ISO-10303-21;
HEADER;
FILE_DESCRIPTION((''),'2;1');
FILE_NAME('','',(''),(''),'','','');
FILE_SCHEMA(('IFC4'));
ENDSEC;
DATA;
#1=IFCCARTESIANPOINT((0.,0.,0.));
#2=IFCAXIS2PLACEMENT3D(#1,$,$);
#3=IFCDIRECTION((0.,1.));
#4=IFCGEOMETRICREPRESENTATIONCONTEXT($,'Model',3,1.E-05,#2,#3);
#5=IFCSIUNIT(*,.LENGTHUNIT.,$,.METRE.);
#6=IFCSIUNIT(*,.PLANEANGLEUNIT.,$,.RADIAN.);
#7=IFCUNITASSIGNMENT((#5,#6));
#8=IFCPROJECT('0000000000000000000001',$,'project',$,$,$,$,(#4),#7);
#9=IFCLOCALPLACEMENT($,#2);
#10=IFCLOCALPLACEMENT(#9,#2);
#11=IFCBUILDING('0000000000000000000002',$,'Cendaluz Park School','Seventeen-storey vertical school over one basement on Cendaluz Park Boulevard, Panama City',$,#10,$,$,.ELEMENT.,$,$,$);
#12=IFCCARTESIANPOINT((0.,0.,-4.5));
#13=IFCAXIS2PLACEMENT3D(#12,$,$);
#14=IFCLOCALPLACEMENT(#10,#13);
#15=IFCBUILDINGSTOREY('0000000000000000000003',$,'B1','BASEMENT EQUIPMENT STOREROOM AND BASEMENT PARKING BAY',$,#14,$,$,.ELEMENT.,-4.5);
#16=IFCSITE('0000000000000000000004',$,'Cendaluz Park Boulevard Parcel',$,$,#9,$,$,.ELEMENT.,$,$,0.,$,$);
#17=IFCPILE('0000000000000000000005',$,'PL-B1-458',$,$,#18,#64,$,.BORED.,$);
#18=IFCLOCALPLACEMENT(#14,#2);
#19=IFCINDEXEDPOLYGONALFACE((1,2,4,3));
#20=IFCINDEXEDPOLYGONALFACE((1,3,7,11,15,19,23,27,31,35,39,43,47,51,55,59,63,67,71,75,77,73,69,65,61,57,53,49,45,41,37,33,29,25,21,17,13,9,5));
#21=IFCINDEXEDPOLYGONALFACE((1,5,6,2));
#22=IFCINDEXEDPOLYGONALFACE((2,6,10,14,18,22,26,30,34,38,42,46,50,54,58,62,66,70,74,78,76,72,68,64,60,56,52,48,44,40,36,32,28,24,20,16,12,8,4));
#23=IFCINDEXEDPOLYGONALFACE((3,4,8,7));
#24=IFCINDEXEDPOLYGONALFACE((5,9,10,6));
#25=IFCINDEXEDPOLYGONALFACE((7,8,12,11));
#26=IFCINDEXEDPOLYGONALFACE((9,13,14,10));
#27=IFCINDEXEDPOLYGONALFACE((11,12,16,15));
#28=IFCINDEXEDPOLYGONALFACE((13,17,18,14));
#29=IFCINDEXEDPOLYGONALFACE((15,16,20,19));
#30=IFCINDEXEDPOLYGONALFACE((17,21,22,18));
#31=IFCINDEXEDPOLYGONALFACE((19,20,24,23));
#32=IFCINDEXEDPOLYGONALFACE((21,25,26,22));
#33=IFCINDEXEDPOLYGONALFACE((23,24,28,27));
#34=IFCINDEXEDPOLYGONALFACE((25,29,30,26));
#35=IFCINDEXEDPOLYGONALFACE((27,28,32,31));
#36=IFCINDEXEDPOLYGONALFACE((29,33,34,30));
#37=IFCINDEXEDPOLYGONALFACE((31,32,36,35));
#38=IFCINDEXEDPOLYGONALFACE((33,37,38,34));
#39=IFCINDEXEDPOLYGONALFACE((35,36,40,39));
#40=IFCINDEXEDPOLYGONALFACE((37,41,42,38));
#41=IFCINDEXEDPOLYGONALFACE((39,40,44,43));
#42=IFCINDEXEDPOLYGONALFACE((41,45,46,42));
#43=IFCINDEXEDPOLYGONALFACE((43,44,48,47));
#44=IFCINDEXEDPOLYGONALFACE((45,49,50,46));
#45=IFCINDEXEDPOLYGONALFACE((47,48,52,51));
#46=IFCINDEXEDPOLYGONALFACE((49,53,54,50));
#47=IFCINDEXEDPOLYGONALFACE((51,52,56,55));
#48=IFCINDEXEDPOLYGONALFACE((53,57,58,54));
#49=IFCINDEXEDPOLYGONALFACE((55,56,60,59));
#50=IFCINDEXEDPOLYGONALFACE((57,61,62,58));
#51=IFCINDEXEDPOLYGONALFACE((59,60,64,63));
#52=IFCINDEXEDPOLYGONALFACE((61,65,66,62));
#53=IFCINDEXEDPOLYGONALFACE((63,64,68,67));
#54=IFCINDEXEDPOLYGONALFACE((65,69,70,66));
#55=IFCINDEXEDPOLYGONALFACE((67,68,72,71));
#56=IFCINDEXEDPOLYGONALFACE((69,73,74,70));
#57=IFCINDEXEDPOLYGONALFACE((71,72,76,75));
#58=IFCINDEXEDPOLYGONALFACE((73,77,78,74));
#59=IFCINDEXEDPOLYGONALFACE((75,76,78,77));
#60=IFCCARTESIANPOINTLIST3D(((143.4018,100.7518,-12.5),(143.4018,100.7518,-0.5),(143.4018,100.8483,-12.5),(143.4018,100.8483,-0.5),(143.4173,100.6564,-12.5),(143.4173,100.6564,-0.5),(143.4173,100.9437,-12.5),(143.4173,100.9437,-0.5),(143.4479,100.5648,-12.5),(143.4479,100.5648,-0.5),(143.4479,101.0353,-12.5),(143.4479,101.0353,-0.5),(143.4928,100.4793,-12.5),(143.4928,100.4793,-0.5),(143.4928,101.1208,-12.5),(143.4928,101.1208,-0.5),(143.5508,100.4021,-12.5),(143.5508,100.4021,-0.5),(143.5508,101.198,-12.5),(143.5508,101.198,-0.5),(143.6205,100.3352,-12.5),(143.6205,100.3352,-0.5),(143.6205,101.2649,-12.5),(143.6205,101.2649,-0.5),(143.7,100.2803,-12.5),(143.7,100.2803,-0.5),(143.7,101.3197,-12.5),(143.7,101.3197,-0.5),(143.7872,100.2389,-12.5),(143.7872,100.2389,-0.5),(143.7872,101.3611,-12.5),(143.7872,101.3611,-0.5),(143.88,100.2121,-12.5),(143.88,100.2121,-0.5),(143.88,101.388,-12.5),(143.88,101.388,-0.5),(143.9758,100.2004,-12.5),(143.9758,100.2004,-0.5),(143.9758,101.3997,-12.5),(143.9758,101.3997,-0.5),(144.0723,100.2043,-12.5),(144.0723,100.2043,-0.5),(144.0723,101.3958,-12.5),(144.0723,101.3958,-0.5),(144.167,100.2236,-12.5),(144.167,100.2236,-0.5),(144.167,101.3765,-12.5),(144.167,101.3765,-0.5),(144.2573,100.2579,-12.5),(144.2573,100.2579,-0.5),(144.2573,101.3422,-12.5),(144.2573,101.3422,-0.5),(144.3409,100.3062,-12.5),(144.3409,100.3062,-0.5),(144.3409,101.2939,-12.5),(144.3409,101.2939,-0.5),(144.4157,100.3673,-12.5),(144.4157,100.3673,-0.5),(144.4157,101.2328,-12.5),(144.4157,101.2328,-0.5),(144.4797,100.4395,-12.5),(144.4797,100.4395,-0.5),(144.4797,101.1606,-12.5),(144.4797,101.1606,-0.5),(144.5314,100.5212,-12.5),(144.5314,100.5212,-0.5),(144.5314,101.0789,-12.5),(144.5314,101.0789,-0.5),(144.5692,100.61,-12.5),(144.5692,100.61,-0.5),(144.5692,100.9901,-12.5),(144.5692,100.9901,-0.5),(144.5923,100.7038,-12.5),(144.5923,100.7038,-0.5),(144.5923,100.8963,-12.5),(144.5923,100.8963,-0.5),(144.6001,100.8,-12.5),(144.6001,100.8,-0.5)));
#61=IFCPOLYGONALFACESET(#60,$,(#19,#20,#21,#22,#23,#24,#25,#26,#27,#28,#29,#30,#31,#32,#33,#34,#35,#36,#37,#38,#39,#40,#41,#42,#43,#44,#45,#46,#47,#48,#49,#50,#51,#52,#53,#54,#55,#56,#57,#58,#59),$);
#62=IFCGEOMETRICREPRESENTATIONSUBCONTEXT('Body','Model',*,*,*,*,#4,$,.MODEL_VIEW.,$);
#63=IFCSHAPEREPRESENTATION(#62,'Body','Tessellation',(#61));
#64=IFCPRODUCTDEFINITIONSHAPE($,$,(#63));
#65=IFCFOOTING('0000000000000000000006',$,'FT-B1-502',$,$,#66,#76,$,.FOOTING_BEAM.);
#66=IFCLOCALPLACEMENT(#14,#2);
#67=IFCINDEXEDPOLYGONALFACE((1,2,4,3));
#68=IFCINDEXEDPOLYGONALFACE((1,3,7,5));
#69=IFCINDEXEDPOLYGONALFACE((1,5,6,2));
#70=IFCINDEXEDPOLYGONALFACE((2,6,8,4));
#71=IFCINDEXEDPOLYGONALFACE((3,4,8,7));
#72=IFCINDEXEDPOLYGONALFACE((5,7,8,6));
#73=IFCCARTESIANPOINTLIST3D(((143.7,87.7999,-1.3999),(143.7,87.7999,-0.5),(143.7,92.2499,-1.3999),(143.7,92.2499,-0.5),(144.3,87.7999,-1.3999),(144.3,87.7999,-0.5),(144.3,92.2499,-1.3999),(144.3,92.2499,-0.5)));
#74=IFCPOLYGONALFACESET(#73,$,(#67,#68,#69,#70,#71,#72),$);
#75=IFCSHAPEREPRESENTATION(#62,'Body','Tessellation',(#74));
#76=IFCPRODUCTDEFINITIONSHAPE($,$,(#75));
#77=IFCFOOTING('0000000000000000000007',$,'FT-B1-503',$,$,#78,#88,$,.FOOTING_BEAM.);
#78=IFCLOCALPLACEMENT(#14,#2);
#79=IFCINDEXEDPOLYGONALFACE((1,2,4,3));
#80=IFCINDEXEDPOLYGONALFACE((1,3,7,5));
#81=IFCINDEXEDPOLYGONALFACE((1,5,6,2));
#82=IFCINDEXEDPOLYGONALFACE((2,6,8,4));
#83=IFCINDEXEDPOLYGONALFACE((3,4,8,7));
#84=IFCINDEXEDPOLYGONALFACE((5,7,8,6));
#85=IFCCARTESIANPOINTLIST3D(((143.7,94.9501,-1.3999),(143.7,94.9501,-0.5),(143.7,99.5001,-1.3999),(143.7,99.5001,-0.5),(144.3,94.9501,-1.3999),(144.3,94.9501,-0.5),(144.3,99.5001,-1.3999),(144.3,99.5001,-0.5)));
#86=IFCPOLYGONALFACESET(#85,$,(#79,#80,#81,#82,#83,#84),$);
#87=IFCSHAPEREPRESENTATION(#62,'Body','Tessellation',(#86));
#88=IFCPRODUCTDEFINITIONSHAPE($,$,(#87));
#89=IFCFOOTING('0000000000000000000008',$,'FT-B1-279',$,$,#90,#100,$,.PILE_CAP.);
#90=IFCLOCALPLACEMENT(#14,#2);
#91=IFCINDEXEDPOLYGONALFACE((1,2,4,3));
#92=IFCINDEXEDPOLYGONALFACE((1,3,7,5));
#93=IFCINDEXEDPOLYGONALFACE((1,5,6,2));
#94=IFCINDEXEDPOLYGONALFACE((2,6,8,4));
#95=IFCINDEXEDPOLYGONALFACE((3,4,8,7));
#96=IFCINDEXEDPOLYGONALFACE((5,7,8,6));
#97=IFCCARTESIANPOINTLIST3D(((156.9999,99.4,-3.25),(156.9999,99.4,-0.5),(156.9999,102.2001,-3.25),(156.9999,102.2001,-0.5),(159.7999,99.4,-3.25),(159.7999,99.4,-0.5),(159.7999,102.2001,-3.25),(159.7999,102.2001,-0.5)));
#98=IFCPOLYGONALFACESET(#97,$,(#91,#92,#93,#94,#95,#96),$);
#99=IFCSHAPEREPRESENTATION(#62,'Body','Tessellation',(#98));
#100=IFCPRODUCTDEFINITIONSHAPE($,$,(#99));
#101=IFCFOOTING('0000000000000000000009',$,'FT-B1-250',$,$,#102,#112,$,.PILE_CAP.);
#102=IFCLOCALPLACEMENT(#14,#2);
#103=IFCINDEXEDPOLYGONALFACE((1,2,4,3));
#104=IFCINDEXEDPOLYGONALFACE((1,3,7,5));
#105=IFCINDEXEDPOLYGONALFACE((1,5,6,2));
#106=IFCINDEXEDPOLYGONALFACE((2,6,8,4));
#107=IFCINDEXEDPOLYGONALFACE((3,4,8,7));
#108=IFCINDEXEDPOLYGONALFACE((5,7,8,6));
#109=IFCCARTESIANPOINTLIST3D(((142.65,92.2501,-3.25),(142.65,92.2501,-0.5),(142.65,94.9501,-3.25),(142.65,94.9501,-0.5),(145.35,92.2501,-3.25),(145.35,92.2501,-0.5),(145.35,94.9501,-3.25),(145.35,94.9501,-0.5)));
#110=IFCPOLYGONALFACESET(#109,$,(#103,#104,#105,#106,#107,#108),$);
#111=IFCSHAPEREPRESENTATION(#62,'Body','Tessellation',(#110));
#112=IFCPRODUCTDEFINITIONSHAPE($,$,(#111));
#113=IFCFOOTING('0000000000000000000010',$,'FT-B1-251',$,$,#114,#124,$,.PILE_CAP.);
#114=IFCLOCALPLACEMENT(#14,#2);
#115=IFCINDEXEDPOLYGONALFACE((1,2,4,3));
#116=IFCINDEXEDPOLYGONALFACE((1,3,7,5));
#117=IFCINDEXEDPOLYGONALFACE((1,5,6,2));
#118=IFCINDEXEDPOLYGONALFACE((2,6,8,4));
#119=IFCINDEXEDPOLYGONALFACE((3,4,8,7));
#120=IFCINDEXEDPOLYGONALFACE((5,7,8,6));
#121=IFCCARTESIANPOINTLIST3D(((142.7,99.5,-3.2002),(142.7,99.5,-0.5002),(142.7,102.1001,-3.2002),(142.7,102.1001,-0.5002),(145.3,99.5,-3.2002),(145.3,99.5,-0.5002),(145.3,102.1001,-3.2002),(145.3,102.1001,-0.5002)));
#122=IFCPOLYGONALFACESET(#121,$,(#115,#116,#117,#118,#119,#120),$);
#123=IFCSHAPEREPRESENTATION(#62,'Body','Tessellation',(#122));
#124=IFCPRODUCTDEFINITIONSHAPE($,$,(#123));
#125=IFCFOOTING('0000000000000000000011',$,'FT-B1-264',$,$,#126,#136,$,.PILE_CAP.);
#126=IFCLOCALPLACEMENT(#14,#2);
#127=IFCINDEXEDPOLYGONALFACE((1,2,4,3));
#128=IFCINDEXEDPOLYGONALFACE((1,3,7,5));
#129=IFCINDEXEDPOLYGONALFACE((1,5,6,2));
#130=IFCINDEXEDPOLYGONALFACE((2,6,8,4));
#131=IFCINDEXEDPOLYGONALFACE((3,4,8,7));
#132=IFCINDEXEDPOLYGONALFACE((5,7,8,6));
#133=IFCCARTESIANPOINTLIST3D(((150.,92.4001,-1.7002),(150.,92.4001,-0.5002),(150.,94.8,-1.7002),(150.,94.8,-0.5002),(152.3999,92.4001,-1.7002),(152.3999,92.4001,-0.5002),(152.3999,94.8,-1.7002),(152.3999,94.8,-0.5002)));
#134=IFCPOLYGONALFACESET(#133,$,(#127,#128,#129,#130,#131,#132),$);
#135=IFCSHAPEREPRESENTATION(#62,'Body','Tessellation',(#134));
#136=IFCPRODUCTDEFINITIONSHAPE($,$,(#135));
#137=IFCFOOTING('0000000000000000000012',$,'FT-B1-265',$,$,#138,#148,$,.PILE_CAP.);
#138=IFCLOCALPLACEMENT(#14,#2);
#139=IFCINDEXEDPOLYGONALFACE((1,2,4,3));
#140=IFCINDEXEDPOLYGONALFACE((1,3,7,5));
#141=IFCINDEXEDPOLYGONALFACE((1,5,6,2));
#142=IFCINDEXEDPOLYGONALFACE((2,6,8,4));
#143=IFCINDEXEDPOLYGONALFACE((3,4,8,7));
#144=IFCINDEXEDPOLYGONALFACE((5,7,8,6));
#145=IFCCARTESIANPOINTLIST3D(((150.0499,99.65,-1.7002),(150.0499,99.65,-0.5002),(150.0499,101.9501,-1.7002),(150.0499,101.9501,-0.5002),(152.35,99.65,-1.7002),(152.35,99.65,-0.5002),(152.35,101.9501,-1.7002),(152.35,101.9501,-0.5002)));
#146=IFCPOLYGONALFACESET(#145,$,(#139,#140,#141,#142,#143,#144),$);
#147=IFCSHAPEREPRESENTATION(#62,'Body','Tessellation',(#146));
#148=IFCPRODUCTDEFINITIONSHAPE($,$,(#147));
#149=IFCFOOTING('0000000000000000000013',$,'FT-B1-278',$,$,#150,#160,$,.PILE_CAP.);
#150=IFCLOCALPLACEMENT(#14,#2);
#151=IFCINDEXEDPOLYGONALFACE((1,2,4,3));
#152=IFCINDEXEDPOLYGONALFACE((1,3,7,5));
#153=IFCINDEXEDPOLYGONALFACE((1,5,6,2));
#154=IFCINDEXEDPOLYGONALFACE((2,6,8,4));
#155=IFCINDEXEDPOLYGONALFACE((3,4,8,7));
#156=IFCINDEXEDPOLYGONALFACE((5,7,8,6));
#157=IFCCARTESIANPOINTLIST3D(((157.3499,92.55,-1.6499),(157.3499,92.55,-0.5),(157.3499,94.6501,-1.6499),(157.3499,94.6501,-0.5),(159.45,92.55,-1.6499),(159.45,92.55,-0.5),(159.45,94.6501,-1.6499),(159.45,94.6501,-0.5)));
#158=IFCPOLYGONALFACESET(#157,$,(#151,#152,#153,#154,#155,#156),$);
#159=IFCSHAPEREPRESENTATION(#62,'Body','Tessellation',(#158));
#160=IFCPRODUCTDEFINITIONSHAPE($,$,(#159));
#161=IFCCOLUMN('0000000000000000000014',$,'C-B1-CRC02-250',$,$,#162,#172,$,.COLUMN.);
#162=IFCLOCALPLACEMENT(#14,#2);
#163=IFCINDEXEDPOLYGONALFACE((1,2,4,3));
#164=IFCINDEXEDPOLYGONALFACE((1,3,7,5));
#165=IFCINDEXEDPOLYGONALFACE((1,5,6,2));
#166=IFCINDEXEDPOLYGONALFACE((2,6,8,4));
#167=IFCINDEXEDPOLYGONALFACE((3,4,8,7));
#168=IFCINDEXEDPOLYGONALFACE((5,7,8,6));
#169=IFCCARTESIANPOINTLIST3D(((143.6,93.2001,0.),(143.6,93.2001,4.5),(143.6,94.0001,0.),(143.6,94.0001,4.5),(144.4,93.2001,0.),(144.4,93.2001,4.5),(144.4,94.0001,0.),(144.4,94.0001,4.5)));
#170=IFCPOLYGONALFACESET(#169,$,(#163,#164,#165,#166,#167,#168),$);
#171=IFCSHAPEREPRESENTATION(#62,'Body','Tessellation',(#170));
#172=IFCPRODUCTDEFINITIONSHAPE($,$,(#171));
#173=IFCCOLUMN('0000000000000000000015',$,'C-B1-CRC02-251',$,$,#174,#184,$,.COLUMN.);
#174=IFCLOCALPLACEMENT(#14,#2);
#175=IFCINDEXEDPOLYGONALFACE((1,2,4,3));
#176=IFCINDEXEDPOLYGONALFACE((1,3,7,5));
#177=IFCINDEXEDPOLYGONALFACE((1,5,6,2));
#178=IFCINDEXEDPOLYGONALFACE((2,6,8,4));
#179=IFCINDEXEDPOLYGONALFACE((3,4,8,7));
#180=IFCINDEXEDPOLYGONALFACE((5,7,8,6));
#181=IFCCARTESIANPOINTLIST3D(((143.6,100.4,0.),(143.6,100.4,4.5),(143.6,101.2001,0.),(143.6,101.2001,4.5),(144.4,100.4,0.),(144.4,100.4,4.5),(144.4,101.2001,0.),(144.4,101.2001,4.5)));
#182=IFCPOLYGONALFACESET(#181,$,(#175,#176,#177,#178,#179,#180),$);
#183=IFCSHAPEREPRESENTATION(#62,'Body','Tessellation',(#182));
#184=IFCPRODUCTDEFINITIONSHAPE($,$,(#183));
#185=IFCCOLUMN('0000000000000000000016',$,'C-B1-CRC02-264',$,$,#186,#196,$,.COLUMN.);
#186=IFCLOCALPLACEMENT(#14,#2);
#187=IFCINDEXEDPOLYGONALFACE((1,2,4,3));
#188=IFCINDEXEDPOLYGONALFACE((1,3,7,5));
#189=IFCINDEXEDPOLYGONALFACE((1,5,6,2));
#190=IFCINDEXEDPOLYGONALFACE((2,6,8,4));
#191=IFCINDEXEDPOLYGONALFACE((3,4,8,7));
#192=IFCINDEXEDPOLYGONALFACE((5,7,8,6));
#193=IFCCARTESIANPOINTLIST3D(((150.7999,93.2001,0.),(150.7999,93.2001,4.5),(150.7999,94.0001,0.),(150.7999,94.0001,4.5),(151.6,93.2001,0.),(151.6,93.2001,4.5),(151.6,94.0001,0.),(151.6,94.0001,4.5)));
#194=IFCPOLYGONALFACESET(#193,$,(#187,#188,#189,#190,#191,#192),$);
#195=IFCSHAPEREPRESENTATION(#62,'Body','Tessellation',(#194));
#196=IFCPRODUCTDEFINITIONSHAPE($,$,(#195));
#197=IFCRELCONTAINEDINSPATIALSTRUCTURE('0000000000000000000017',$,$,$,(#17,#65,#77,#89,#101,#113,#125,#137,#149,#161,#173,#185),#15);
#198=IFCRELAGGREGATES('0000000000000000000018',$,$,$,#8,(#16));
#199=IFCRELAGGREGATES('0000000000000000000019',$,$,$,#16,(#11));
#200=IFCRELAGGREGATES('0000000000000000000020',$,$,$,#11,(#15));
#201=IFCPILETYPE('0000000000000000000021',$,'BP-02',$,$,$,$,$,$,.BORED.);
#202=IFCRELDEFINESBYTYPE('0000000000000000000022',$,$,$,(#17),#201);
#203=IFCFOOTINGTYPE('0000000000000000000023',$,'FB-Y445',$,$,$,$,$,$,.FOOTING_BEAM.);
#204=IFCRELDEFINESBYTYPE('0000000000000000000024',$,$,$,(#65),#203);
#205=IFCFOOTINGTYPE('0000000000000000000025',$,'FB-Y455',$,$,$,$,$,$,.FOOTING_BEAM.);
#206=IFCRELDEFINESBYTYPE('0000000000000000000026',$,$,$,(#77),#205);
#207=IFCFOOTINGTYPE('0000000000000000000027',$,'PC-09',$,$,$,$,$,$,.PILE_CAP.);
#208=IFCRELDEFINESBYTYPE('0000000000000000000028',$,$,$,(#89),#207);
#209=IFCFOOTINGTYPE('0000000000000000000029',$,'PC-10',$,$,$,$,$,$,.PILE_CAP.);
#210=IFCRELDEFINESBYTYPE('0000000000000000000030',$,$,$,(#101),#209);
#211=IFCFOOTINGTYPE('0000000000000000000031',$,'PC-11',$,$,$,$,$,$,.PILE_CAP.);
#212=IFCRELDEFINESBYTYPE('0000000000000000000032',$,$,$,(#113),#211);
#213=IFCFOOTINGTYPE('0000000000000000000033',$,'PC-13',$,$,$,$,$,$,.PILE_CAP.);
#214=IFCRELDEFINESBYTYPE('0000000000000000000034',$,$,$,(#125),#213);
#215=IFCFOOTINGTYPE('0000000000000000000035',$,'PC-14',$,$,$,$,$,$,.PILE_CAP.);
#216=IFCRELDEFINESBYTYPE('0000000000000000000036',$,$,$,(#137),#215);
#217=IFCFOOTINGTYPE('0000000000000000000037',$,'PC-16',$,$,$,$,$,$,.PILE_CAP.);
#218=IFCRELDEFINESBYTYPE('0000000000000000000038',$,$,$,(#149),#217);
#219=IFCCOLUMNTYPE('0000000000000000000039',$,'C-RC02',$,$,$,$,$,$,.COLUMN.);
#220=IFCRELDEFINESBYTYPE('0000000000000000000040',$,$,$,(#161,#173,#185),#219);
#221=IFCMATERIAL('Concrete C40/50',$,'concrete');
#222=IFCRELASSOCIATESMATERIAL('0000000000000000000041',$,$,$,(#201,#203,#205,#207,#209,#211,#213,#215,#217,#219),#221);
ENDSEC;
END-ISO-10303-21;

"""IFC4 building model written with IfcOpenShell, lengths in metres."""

from ifc_helpers import new_model, si_unit, direction, frame, origin, origin_2d, place, context, subcontext, project, spatial, rectangle, circle, extrude, material, material_profile, profile_set, type_object, element, save


model = new_model("IFC4")

# Units and contexts
model_context = context("Model", 3, precision=1e-05, world=origin(), true_north=direction((0.0, 1.0)))
body_context = subcontext(model_context, "Body", "Model", "MODEL_VIEW")
ifc_project = project(units=[si_unit("LENGTHUNIT", "METRE"), si_unit("PLANEANGLEUNIT", "RADIAN")], contexts=[model_context])

# Site, building, storey
site_placement = place(None, origin())
site = spatial("IfcSite", under=ifc_project, at=site_placement, Name="Cendaluz Park Boulevard Parcel", CompositionType="ELEMENT", RefElevation=0.0)
building_placement = place(site_placement, origin())
building = spatial("IfcBuilding", under=site, at=building_placement, Name="Cendaluz Park School", Description="Seventeen-storey vertical school over one basement on Cendaluz Park Boulevard, Panama City", CompositionType="ELEMENT")
storey_placement = place(building_placement, frame((0.0, 0.0, -4.5)))
storey = spatial("IfcBuildingStorey", under=building, at=storey_placement, Name="B1", Description="BASEMENT EQUIPMENT STOREROOM AND BASEMENT PARKING BAY", CompositionType="ELEMENT", Elevation=-4.5)

# Pile
ifc_material_1 = material(Name="Concrete C40/50", Category="concrete")
ifc_material_profile_1 = material_profile(ifc_material_1, circle(Radius=0.6001, at=origin_2d()), Name="BP D1200", Category="concrete")
ifc_profile_set_1 = profile_set([ifc_material_profile_1], Name="Concrete C40/50")
pile_type_1 = type_object("IfcPileType", Name="BP-02", PredefinedType="BORED", material=ifc_profile_set_1)
for number, where, z_axis, x_axis, name in (
    (1, (144.0, 100.8, -0.5), (0.0, 0.0, -1.0), (1.0, 0.0, 0.0), "PL-B1-458"),
):
    element("IfcPile", number, at=place(storey_placement, frame(where, z_axis=z_axis, x_axis=x_axis)), inside=storey, type_object=pile_type_1, Name=name, PredefinedType="BORED", context=body_context, shape_type="SweptSolid", body=[
        extrude(circle(Radius=0.6001, at=origin_2d()), origin(), (0.0, 0.0, 1.0), 12.0),
    ])

# Footings
footing_type_1 = type_object("IfcFootingType", Name="FB-Y445", PredefinedType="FOOTING_BEAM", material=ifc_material_1)
footing_1_placement = place(storey_placement, frame((144.0, 90.0249, -1.3999), z_axis=(0.0, 0.0, 1.0), x_axis=(1.0, 0.0, 0.0)))
element("IfcFooting", 2, at=footing_1_placement, inside=storey, type_object=footing_type_1, Name="FT-B1-502", PredefinedType="FOOTING_BEAM", context=body_context, shape_type="SweptSolid", body=[
    extrude(rectangle(XDim=0.6001, YDim=4.45, at=origin_2d()), origin(), (0.0, 0.0, 1.0), 0.8999),
])
footing_type_2 = type_object("IfcFootingType", Name="FB-Y455", PredefinedType="FOOTING_BEAM", material=ifc_material_1)
footing_2_placement = place(storey_placement, frame((144.0, 97.2251, -1.3999), z_axis=(0.0, 0.0, 1.0), x_axis=(1.0, 0.0, 0.0)))
element("IfcFooting", 3, at=footing_2_placement, inside=storey, type_object=footing_type_2, Name="FT-B1-503", PredefinedType="FOOTING_BEAM", context=body_context, shape_type="SweptSolid", body=[
    extrude(rectangle(XDim=0.6001, YDim=4.55, at=origin_2d()), origin(), (0.0, 0.0, 1.0), 0.8999),
])
footing_type_3 = type_object("IfcFootingType", Name="PC-09", PredefinedType="PILE_CAP", material=ifc_material_1)
footing_3_placement = place(storey_placement, frame((158.3999, 100.8, -3.25), z_axis=(0.0, 0.0, 1.0), x_axis=(1.0, 0.0, 0.0)))
element("IfcFooting", 4, at=footing_3_placement, inside=storey, type_object=footing_type_3, Name="FT-B1-279", PredefinedType="PILE_CAP", context=body_context, shape_type="SweptSolid", body=[
    extrude(rectangle(XDim=2.8, YDim=2.8, at=origin_2d()), origin(), (0.0, 0.0, 1.0), 2.75),
])
footing_type_4 = type_object("IfcFootingType", Name="PC-10", PredefinedType="PILE_CAP", material=ifc_material_1)
footing_4_placement = place(storey_placement, frame((144.0, 93.6001, -3.25), z_axis=(0.0, 0.0, 1.0), x_axis=(1.0, 0.0, 0.0)))
element("IfcFooting", 5, at=footing_4_placement, inside=storey, type_object=footing_type_4, Name="FT-B1-250", PredefinedType="PILE_CAP", context=body_context, shape_type="SweptSolid", body=[
    extrude(rectangle(XDim=2.7, YDim=2.7, at=origin_2d()), origin(), (0.0, 0.0, 1.0), 2.75),
])
footing_type_5 = type_object("IfcFootingType", Name="PC-11", PredefinedType="PILE_CAP", material=ifc_material_1)
footing_5_placement = place(storey_placement, frame((144.0, 100.8, -3.2002), z_axis=(0.0, 0.0, 1.0), x_axis=(1.0, 0.0, 0.0)))
element("IfcFooting", 6, at=footing_5_placement, inside=storey, type_object=footing_type_5, Name="FT-B1-251", PredefinedType="PILE_CAP", context=body_context, shape_type="SweptSolid", body=[
    extrude(rectangle(XDim=2.6001, YDim=2.6001, at=origin_2d()), origin(), (0.0, 0.0, 1.0), 2.7),
])
footing_type_6 = type_object("IfcFootingType", Name="PC-13", PredefinedType="PILE_CAP", material=ifc_material_1)
footing_6_placement = place(storey_placement, frame((151.2, 93.6001, -1.7002), z_axis=(0.0, 0.0, 1.0), x_axis=(1.0, 0.0, 0.0)))
element("IfcFooting", 7, at=footing_6_placement, inside=storey, type_object=footing_type_6, Name="FT-B1-264", PredefinedType="PILE_CAP", context=body_context, shape_type="SweptSolid", body=[
    extrude(rectangle(XDim=2.3999, YDim=2.3999, at=origin_2d()), origin(), (0.0, 0.0, 1.0), 1.2),
])
footing_type_7 = type_object("IfcFootingType", Name="PC-14", PredefinedType="PILE_CAP", material=ifc_material_1)
footing_7_placement = place(storey_placement, frame((151.2, 100.8, -1.7002), z_axis=(0.0, 0.0, 1.0), x_axis=(1.0, 0.0, 0.0)))
element("IfcFooting", 8, at=footing_7_placement, inside=storey, type_object=footing_type_7, Name="FT-B1-265", PredefinedType="PILE_CAP", context=body_context, shape_type="SweptSolid", body=[
    extrude(rectangle(XDim=2.3, YDim=2.3, at=origin_2d()), origin(), (0.0, 0.0, 1.0), 1.2),
])
footing_type_8 = type_object("IfcFootingType", Name="PC-16", PredefinedType="PILE_CAP", material=ifc_material_1)
footing_8_placement = place(storey_placement, frame((158.3999, 93.6001, -1.6499), z_axis=(0.0, 0.0, 1.0), x_axis=(1.0, 0.0, 0.0)))
element("IfcFooting", 9, at=footing_8_placement, inside=storey, type_object=footing_type_8, Name="FT-B1-278", PredefinedType="PILE_CAP", context=body_context, shape_type="SweptSolid", body=[
    extrude(rectangle(XDim=2.1001, YDim=2.1001, at=origin_2d()), origin(), (0.0, 0.0, 1.0), 1.1499),
])

# Columns
ifc_material_profile_2 = material_profile(ifc_material_1, rectangle(XDim=0.8, YDim=0.8, at=origin_2d()), Name="RC 800x800", Category="concrete")
ifc_profile_set_2 = profile_set([ifc_material_profile_2], Name="Concrete C40/50")
column_type = type_object("IfcColumnType", Name="C-RC02", PredefinedType="COLUMN", material=ifc_profile_set_2)
for number, where, z_axis, x_axis, name in (
    (10, (144.0, 93.6001, 0.0), (0.0, 0.0, 1.0), (1.0, 0.0, 0.0), "C-B1-CRC02-250"),
    (11, (144.0, 100.8, 0.0), (0.0, 0.0, 1.0), (1.0, 0.0, 0.0), "C-B1-CRC02-251"),
    (12, (151.2, 93.6001, 0.0), (0.0, 0.0, 1.0), (1.0, 0.0, 0.0), "C-B1-CRC02-264"),
):
    element("IfcColumn", number, at=place(storey_placement, frame(where, z_axis=z_axis, x_axis=x_axis)), inside=storey, type_object=column_type, Name=name, PredefinedType="COLUMN", context=body_context, shape_type="SweptSolid", body=[
        extrude(rectangle(XDim=0.8, YDim=0.8, at=origin_2d()), origin(), (0.0, 0.0, 1.0), 4.5),
    ])

save(model, "model.ifc")
